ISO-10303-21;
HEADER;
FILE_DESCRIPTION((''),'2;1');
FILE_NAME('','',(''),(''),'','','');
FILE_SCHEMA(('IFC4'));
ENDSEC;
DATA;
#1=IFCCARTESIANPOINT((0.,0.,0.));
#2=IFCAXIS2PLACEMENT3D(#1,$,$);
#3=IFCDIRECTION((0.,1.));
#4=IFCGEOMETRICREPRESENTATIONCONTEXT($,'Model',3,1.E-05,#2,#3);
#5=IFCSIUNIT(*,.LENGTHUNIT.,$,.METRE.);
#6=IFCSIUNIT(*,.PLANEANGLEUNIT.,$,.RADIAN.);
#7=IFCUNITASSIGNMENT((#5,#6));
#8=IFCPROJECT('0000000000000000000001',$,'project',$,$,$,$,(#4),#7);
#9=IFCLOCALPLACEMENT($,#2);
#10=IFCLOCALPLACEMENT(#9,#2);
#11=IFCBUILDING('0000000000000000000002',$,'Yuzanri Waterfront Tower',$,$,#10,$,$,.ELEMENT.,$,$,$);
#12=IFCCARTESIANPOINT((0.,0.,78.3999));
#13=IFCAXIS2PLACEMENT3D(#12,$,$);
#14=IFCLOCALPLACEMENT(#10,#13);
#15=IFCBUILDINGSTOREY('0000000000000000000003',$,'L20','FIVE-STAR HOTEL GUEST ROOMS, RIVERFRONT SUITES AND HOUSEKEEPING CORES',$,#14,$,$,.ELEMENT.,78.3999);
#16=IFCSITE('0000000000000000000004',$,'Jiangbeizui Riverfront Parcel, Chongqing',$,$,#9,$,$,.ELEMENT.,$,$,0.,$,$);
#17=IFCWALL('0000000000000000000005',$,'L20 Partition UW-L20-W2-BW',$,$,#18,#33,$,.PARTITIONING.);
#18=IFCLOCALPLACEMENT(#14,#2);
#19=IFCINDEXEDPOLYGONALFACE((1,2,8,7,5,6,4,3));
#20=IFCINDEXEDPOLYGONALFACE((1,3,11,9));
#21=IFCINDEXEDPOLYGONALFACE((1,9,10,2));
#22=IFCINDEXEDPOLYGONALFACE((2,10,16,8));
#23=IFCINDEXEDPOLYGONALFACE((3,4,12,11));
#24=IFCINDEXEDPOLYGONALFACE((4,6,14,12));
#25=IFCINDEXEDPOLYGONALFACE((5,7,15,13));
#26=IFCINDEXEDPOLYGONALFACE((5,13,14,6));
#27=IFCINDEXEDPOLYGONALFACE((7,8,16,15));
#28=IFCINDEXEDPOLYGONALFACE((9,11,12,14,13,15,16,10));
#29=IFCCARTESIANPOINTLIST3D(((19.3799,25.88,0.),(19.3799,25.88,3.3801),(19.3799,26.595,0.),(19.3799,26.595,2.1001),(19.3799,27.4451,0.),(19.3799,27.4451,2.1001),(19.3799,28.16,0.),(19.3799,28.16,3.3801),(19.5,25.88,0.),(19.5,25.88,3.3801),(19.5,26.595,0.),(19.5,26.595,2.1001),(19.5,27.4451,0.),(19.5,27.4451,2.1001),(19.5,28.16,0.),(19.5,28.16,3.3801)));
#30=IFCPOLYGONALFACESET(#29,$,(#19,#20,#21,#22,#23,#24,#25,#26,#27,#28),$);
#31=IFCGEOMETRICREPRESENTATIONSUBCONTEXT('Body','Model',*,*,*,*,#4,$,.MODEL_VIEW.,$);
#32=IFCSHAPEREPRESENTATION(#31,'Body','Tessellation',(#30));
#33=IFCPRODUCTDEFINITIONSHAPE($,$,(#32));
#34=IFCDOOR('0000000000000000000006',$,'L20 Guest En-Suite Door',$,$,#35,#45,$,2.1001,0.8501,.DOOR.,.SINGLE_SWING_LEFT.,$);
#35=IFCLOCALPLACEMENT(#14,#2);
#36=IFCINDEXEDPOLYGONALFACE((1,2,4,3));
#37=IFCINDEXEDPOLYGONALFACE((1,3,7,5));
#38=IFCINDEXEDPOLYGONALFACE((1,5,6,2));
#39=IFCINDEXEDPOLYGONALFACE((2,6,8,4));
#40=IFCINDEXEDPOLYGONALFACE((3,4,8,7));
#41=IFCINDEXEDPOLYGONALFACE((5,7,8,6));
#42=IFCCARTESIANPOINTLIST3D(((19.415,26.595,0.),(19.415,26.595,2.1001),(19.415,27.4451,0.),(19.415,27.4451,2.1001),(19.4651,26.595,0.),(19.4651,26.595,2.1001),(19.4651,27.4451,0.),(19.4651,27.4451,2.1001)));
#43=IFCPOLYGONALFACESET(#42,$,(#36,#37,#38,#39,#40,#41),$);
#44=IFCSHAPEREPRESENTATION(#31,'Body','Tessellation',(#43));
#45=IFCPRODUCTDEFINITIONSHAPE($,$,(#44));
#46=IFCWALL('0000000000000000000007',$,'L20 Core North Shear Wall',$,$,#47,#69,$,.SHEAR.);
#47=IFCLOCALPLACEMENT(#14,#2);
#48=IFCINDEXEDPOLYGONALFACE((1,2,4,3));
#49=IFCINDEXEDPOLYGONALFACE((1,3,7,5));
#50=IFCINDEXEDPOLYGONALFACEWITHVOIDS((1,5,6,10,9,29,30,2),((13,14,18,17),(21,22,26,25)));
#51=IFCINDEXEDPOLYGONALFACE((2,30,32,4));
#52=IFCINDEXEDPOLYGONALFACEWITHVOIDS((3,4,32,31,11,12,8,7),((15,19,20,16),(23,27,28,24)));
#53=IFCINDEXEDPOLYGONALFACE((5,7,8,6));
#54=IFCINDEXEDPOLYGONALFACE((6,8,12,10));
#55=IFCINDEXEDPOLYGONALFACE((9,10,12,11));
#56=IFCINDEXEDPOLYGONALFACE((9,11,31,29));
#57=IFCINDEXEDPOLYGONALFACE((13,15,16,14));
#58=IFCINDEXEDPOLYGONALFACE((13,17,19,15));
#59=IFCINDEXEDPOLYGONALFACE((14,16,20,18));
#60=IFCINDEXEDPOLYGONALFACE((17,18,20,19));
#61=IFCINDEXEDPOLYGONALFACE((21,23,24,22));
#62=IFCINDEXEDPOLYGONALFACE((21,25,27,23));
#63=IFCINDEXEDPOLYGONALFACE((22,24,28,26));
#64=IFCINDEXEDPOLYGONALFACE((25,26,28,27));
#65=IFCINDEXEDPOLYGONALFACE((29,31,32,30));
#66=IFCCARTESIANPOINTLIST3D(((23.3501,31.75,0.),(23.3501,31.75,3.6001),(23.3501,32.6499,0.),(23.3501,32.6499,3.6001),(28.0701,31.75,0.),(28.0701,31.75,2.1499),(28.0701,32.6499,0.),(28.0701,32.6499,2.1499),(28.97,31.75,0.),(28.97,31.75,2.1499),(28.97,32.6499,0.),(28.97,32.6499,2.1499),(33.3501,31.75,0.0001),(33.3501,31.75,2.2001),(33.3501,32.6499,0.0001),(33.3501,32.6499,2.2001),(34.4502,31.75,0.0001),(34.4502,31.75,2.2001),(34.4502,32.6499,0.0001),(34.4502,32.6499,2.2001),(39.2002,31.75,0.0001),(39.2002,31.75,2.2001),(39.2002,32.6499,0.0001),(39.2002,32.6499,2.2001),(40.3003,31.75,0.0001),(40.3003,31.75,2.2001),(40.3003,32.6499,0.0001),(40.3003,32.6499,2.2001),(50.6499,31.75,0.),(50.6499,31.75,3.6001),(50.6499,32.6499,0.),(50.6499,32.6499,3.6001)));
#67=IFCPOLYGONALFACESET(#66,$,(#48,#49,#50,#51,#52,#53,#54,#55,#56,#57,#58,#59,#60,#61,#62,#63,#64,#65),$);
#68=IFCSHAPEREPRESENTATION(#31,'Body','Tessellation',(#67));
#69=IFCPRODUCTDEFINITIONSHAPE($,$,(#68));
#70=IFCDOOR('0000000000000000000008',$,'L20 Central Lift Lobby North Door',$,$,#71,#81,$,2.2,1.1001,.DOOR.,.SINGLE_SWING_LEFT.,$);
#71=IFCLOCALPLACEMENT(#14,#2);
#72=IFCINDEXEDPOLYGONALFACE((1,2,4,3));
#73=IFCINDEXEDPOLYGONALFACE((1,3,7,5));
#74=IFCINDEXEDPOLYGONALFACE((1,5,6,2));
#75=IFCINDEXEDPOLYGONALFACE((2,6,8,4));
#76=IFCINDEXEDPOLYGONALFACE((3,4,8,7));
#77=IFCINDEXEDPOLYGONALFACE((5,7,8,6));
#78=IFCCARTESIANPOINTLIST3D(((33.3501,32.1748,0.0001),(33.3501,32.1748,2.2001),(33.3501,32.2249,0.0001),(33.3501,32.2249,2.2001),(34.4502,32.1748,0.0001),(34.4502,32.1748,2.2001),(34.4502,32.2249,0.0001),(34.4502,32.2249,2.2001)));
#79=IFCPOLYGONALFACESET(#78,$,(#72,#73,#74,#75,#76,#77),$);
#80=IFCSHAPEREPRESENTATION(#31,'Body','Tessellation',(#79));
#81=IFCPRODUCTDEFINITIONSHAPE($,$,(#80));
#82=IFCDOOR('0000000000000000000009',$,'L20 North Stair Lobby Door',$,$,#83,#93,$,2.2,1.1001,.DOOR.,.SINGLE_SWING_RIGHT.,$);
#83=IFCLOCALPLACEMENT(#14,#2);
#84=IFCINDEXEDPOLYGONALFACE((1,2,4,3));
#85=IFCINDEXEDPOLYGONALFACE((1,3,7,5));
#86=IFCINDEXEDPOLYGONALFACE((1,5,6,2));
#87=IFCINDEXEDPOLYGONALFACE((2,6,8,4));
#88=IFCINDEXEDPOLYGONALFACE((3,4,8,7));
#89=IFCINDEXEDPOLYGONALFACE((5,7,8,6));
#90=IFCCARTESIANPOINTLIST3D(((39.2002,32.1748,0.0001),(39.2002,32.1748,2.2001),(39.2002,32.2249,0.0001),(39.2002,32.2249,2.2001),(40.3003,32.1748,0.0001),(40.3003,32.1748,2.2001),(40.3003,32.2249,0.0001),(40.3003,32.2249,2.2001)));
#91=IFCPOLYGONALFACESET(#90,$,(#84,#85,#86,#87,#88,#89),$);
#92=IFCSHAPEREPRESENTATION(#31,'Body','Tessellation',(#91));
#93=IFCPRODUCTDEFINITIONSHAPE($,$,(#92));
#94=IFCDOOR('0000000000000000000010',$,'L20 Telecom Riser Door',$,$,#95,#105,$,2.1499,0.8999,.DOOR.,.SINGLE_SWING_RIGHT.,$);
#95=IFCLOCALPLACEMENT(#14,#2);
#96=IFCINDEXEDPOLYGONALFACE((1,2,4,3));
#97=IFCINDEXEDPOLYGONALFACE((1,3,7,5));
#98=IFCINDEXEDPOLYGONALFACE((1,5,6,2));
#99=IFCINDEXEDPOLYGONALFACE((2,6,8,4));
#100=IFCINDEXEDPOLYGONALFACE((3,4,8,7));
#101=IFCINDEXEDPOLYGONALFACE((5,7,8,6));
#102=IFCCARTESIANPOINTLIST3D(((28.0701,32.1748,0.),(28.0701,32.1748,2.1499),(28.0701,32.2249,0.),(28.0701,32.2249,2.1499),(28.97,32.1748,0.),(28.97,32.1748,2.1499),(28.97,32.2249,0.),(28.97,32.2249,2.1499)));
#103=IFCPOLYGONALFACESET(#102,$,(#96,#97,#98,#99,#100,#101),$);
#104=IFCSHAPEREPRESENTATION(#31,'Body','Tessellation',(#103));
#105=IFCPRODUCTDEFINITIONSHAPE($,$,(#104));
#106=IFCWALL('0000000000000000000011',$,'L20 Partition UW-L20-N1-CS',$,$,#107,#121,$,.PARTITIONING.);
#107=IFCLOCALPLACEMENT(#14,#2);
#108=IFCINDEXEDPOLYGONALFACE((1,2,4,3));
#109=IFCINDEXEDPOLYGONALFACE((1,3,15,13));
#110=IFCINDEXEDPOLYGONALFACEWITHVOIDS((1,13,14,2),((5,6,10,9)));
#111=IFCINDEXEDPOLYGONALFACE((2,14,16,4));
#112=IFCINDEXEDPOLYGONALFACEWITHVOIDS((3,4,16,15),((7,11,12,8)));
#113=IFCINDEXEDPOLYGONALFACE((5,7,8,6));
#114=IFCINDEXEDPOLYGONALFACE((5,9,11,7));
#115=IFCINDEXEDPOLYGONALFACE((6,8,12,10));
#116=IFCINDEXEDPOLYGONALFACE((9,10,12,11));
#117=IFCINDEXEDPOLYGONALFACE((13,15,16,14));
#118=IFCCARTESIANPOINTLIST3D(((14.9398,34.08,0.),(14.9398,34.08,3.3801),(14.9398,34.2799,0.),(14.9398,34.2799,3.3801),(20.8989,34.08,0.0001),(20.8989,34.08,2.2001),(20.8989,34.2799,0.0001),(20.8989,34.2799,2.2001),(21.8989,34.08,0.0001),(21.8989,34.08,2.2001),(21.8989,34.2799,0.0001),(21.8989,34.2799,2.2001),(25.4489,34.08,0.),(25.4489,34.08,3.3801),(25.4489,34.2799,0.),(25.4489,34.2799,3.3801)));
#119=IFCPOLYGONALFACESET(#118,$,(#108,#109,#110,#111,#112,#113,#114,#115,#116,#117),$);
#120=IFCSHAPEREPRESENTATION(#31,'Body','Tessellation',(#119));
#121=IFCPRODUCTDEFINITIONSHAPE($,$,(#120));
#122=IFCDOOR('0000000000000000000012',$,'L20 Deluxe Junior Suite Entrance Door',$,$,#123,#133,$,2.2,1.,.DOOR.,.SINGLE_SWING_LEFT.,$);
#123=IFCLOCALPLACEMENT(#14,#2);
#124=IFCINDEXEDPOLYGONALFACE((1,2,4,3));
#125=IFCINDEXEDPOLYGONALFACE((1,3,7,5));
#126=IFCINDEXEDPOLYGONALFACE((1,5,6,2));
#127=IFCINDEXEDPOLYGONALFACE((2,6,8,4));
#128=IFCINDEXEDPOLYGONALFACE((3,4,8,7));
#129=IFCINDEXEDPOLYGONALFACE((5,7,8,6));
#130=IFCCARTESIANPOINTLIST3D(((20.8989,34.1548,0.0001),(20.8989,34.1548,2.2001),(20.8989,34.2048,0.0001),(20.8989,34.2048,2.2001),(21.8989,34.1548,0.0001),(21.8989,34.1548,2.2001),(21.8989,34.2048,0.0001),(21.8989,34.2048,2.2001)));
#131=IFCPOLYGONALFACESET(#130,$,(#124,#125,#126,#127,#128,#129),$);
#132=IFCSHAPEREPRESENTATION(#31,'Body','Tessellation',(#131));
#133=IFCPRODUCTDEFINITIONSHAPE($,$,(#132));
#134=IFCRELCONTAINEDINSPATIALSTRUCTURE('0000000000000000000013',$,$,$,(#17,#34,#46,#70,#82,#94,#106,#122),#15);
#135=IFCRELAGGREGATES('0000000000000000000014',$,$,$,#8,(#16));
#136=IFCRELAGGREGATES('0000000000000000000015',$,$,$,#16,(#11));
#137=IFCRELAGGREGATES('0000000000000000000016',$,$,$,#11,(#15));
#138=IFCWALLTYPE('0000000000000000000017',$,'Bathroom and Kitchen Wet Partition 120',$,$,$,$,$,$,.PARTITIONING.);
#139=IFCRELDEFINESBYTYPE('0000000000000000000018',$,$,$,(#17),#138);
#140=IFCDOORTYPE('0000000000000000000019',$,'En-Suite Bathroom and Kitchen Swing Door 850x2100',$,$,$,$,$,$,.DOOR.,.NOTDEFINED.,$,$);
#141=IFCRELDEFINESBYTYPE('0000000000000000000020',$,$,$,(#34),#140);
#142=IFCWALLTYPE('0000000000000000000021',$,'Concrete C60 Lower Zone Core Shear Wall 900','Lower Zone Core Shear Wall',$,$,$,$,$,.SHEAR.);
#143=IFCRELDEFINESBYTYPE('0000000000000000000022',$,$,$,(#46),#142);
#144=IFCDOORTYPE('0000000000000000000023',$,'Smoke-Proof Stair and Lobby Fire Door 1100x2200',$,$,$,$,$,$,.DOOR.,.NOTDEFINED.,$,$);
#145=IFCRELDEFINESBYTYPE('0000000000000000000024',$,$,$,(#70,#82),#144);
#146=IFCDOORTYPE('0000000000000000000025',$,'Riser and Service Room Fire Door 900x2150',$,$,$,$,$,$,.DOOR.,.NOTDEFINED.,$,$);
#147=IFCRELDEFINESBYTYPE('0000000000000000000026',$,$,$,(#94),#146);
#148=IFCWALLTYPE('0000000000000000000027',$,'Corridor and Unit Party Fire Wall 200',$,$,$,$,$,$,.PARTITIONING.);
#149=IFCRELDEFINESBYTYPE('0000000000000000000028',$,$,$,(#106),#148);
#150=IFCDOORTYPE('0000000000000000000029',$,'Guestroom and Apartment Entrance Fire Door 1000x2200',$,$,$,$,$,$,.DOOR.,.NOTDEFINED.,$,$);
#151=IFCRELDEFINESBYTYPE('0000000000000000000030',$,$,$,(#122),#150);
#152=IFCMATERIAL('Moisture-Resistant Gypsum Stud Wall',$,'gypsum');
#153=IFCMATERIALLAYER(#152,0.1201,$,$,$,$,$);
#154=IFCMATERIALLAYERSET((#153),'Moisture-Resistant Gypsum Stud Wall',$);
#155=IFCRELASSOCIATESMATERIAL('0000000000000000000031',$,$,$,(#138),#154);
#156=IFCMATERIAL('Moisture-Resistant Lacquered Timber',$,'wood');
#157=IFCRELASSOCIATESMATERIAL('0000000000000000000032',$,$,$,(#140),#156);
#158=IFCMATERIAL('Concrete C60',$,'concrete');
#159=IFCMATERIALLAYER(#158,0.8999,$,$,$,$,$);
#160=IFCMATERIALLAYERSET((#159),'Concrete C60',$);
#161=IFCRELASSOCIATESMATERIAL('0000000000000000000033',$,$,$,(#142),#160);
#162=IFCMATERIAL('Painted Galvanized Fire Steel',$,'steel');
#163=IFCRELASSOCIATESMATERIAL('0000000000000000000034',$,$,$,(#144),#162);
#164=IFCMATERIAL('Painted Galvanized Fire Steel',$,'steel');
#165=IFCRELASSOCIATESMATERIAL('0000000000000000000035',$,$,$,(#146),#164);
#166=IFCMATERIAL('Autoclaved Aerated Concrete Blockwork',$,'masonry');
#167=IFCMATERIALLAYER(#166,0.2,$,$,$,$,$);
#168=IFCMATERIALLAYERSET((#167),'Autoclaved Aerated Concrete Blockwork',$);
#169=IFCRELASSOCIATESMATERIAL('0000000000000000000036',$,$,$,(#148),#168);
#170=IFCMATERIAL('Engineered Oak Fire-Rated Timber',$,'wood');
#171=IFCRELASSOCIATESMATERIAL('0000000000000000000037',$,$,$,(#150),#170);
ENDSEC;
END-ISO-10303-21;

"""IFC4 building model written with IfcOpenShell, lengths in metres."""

from ifc_helpers import new_model, si_unit, direction, frame, frame_2d, origin, place, context, subcontext, project, spatial, rectangle, extrude, source, transform, mapped, material, layer, layer_set, type_object, element, fill, save


model = new_model("IFC4")

# Units and contexts
model_context = context("Model", 3, precision=1e-05, world=origin(), true_north=direction((0.0, 1.0)))
body_context = subcontext(model_context, "Body", "Model", "MODEL_VIEW")
ifc_project = project(units=[si_unit("LENGTHUNIT", "METRE"), si_unit("PLANEANGLEUNIT", "RADIAN")], contexts=[model_context])

# Site, building, storey
site_placement = place(None, origin())
site = spatial("IfcSite", under=ifc_project, at=site_placement, Name="Jiangbeizui Riverfront Parcel, Chongqing", CompositionType="ELEMENT", RefElevation=0.0)
building_placement = place(site_placement, origin())
building = spatial("IfcBuilding", under=site, at=building_placement, Name="Yuzanri Waterfront Tower", CompositionType="ELEMENT")
storey_placement = place(building_placement, frame((0.0, 0.0, 78.3999)))
storey = spatial("IfcBuildingStorey", under=building, at=storey_placement, Name="L20", Description="FIVE-STAR HOTEL GUEST ROOMS, RIVERFRONT SUITES AND HOUSEKEEPING CORES", CompositionType="ELEMENT", Elevation=78.3999)

# Wall, opening, door
ifc_material_1 = material(Name="Moisture-Resistant Gypsum Stud Wall", Category="gypsum")
ifc_layer_1 = layer(ifc_material_1, 0.1201)
ifc_layer_set_1 = layer_set([ifc_layer_1], Name="Moisture-Resistant Gypsum Stud Wall")
wall_type_1 = type_object("IfcWallType", Name="Bathroom and Kitchen Wet Partition 120", PredefinedType="PARTITIONING", material=ifc_layer_set_1)
wall_1_placement = place(storey_placement, frame((19.4399, 25.8799, 0.0), z_axis=(0.0, 0.0, 1.0), x_axis=(0.0, 1.0, 0.0)))
wall_1 = element("IfcWall", 1, at=wall_1_placement, inside=storey, type_object=wall_type_1, Name="L20 Partition UW-L20-W2-BW", PredefinedType="PARTITIONING", context=body_context, shape_type="SweptSolid", body=[
    extrude(rectangle(XDim=2.28, YDim=0.1201, at=frame_2d((1.1401, 0.0))), origin(), (0.0, 0.0, 1.0), 3.3801),
])
opening_1_placement = place(wall_1_placement, frame((0.7151, 0.0, 0.0)))
opening_1 = element("IfcOpeningElement", 2, at=opening_1_placement, cuts=wall_1, PredefinedType="OPENING", context=body_context, shape_type="SweptSolid", body=[
    extrude(rectangle(XDim=0.8501, YDim=2.1001, at=frame_2d((0.425, 1.05))), frame((0.0, 0.075, 0.0), z_axis=(0.0, -1.0, 0.0), x_axis=(1.0, 0.0, 0.0)), (0.0, 0.0, 1.0), 0.1499),
])
ifc_material_2 = material(Name="Moisture-Resistant Lacquered Timber", Category="wood")
door_type_1 = type_object("IfcDoorType", Name="En-Suite Bathroom and Kitchen Swing Door 850x2100", OperationType="NOTDEFINED", PredefinedType="DOOR", material=ifc_material_2)
shared_shape_1 = source(origin(), body_context, "Body", "SweptSolid", [
    extrude(rectangle(XDim=0.8501, YDim=2.1001, at=frame_2d((0.425, 1.05))), frame((0.0, 0.0249, 0.0), z_axis=(0.0, -1.0, 0.0), x_axis=(1.0, 0.0, 0.0)), (0.0, 0.0, 1.0), 0.05),
])
door_1_placement = place(opening_1_placement, origin())
door_1 = element("IfcDoor", 3, at=door_1_placement, inside=storey, type_object=door_type_1, Name="L20 Guest En-Suite Door", OperationType="SINGLE_SWING_LEFT", OverallHeight=2.1001, OverallWidth=0.8501, PredefinedType="DOOR", context=body_context, shape_type="MappedRepresentation", body=[
    mapped(shared_shape_1, transform((0.0, 0.0, 0.0), scale=1.0)),
])
fill(opening_1, door_1)

# Wall, openings, doors
ifc_material_3 = material(Name="Concrete C60", Category="concrete")
ifc_layer_2 = layer(ifc_material_3, 0.8999)
ifc_layer_set_2 = layer_set([ifc_layer_2], Name="Concrete C60")
wall_type_2 = type_object("IfcWallType", Name="Concrete C60 Lower Zone Core Shear Wall 900", Description="Lower Zone Core Shear Wall", PredefinedType="SHEAR", material=ifc_layer_set_2)
wall_2_placement = place(storey_placement, frame((23.3501, 32.2, 0.0), z_axis=(0.0, 0.0, 1.0), x_axis=(1.0, 0.0, 0.0)))
wall_2 = element("IfcWall", 4, at=wall_2_placement, inside=storey, type_object=wall_type_2, Name="L20 Core North Shear Wall", PredefinedType="SHEAR", context=body_context, shape_type="SweptSolid", body=[
    extrude(rectangle(XDim=27.2998, YDim=0.8999, at=frame_2d((13.6499, 0.0))), origin(), (0.0, 0.0, 1.0), 3.6001),
])
opening_2_placement = place(wall_2_placement, frame((4.72, 0.0, 0.0)))
opening_2 = element("IfcOpeningElement", 5, at=opening_2_placement, cuts=wall_2, PredefinedType="OPENING", context=body_context, shape_type="SweptSolid", body=[
    extrude(rectangle(XDim=0.8999, YDim=2.1499, at=frame_2d((0.45, 1.075))), frame((0.0, 0.4648, 0.0), z_axis=(0.0, -1.0, 0.0), x_axis=(1.0, 0.0, 0.0)), (0.0, 0.0, 1.0), 0.9297),
])
opening_3_placement = place(wall_2_placement, frame((10.0, 0.0, 0.0)))
opening_3 = element("IfcOpeningElement", 6, at=opening_3_placement, cuts=wall_2, PredefinedType="OPENING", context=body_context, shape_type="SweptSolid", body=[
    extrude(rectangle(XDim=1.1001, YDim=2.2, at=frame_2d((0.55, 1.1001))), frame((0.0, 0.4648, 0.0), z_axis=(0.0, -1.0, 0.0), x_axis=(1.0, 0.0, 0.0)), (0.0, 0.0, 1.0), 0.9297),
])
opening_4_placement = place(wall_2_placement, frame((15.8501, 0.0, 0.0)))
opening_4 = element("IfcOpeningElement", 7, at=opening_4_placement, cuts=wall_2, PredefinedType="OPENING", context=body_context, shape_type="SweptSolid", body=[
    extrude(rectangle(XDim=1.1001, YDim=2.2, at=frame_2d((0.55, 1.1001))), frame((0.0, 0.4648, 0.0), z_axis=(0.0, -1.0, 0.0), x_axis=(1.0, 0.0, 0.0)), (0.0, 0.0, 1.0), 0.9297),
])
ifc_material_4 = material(Name="Painted Galvanized Fire Steel", Category="steel")
door_type_2 = type_object("IfcDoorType", Name="Smoke-Proof Stair and Lobby Fire Door 1100x2200", OperationType="NOTDEFINED", PredefinedType="DOOR", material=ifc_material_4)
shared_shape_2 = source(origin(), body_context, "Body", "SweptSolid", [
    extrude(rectangle(XDim=1.1001, YDim=2.2, at=frame_2d((0.55, 1.1001))), frame((0.0, 0.0249, 0.0), z_axis=(0.0, -1.0, 0.0), x_axis=(1.0, 0.0, 0.0)), (0.0, 0.0, 1.0), 0.05),
])
door_2_placement = place(opening_3_placement, origin())
door_2 = element("IfcDoor", 8, at=door_2_placement, inside=storey, type_object=door_type_2, Name="L20 Central Lift Lobby North Door", OperationType="SINGLE_SWING_LEFT", OverallHeight=2.2, OverallWidth=1.1001, PredefinedType="DOOR", context=body_context, shape_type="MappedRepresentation", body=[
    mapped(shared_shape_2, transform((0.0, 0.0, 0.0), scale=1.0)),
])
fill(opening_3, door_2)
door_3_placement = place(opening_4_placement, origin())
door_3 = element("IfcDoor", 9, at=door_3_placement, inside=storey, type_object=door_type_2, Name="L20 North Stair Lobby Door", OperationType="SINGLE_SWING_RIGHT", OverallHeight=2.2, OverallWidth=1.1001, PredefinedType="DOOR", context=body_context, shape_type="MappedRepresentation", body=[
    mapped(shared_shape_2, transform((0.0, 0.0, 0.0), scale=1.0)),
])
fill(opening_4, door_3)
ifc_material_5 = material(Name="Painted Galvanized Fire Steel", Category="steel")
door_type_3 = type_object("IfcDoorType", Name="Riser and Service Room Fire Door 900x2150", OperationType="NOTDEFINED", PredefinedType="DOOR", material=ifc_material_5)
shared_shape_3 = source(origin(), body_context, "Body", "SweptSolid", [
    extrude(rectangle(XDim=0.8999, YDim=2.1499, at=frame_2d((0.45, 1.075))), frame((0.0, 0.0249, 0.0), z_axis=(0.0, -1.0, 0.0), x_axis=(1.0, 0.0, 0.0)), (0.0, 0.0, 1.0), 0.05),
])
door_4_placement = place(opening_2_placement, origin())
door_4 = element("IfcDoor", 10, at=door_4_placement, inside=storey, type_object=door_type_3, Name="L20 Telecom Riser Door", OperationType="SINGLE_SWING_RIGHT", OverallHeight=2.1499, OverallWidth=0.8999, PredefinedType="DOOR", context=body_context, shape_type="MappedRepresentation", body=[
    mapped(shared_shape_3, transform((0.0, 0.0, 0.0), scale=1.0)),
])
fill(opening_2, door_4)

# Wall, opening, door
ifc_material_6 = material(Name="Autoclaved Aerated Concrete Blockwork", Category="masonry")
ifc_layer_3 = layer(ifc_material_6, 0.2)
ifc_layer_set_3 = layer_set([ifc_layer_3], Name="Autoclaved Aerated Concrete Blockwork")
wall_type_3 = type_object("IfcWallType", Name="Corridor and Unit Party Fire Wall 200", PredefinedType="PARTITIONING", material=ifc_layer_set_3)
wall_3_placement = place(storey_placement, frame((14.9399, 34.1799, 0.0), z_axis=(0.0, 0.0, 1.0), x_axis=(1.0, 0.0, 0.0)))
wall_3 = element("IfcWall", 11, at=wall_3_placement, inside=storey, type_object=wall_type_3, Name="L20 Partition UW-L20-N1-CS", PredefinedType="PARTITIONING", context=body_context, shape_type="SweptSolid", body=[
    extrude(rectangle(XDim=10.509, YDim=0.2, at=frame_2d((5.2544, 0.0))), origin(), (0.0, 0.0, 1.0), 3.3801),
])
opening_5_placement = place(wall_3_placement, frame((5.959, 0.0, 0.0)))
opening_5 = element("IfcOpeningElement", 12, at=opening_5_placement, cuts=wall_3, PredefinedType="OPENING", context=body_context, shape_type="SweptSolid", body=[
    extrude(rectangle(XDim=1.0, YDim=2.2, at=frame_2d((0.5, 1.1001))), frame((0.0, 0.1147, 0.0), z_axis=(0.0, -1.0, 0.0), x_axis=(1.0, 0.0, 0.0)), (0.0, 0.0, 1.0), 0.2297),
])
ifc_material_7 = material(Name="Engineered Oak Fire-Rated Timber", Category="wood")
door_type_4 = type_object("IfcDoorType", Name="Guestroom and Apartment Entrance Fire Door 1000x2200", OperationType="NOTDEFINED", PredefinedType="DOOR", material=ifc_material_7)
shared_shape_4 = source(origin(), body_context, "Body", "SweptSolid", [
    extrude(rectangle(XDim=1.0, YDim=2.2, at=frame_2d((0.5, 1.1001))), frame((0.0, 0.0249, 0.0), z_axis=(0.0, -1.0, 0.0), x_axis=(1.0, 0.0, 0.0)), (0.0, 0.0, 1.0), 0.05),
])
door_5_placement = place(opening_5_placement, origin())
door_5 = element("IfcDoor", 13, at=door_5_placement, inside=storey, type_object=door_type_4, Name="L20 Deluxe Junior Suite Entrance Door", OperationType="SINGLE_SWING_LEFT", OverallHeight=2.2, OverallWidth=1.0, PredefinedType="DOOR", context=body_context, shape_type="MappedRepresentation", body=[
    mapped(shared_shape_4, transform((0.0, 0.0, 0.0), scale=1.0)),
])
fill(opening_5, door_5)

save(model, "model.ifc")
